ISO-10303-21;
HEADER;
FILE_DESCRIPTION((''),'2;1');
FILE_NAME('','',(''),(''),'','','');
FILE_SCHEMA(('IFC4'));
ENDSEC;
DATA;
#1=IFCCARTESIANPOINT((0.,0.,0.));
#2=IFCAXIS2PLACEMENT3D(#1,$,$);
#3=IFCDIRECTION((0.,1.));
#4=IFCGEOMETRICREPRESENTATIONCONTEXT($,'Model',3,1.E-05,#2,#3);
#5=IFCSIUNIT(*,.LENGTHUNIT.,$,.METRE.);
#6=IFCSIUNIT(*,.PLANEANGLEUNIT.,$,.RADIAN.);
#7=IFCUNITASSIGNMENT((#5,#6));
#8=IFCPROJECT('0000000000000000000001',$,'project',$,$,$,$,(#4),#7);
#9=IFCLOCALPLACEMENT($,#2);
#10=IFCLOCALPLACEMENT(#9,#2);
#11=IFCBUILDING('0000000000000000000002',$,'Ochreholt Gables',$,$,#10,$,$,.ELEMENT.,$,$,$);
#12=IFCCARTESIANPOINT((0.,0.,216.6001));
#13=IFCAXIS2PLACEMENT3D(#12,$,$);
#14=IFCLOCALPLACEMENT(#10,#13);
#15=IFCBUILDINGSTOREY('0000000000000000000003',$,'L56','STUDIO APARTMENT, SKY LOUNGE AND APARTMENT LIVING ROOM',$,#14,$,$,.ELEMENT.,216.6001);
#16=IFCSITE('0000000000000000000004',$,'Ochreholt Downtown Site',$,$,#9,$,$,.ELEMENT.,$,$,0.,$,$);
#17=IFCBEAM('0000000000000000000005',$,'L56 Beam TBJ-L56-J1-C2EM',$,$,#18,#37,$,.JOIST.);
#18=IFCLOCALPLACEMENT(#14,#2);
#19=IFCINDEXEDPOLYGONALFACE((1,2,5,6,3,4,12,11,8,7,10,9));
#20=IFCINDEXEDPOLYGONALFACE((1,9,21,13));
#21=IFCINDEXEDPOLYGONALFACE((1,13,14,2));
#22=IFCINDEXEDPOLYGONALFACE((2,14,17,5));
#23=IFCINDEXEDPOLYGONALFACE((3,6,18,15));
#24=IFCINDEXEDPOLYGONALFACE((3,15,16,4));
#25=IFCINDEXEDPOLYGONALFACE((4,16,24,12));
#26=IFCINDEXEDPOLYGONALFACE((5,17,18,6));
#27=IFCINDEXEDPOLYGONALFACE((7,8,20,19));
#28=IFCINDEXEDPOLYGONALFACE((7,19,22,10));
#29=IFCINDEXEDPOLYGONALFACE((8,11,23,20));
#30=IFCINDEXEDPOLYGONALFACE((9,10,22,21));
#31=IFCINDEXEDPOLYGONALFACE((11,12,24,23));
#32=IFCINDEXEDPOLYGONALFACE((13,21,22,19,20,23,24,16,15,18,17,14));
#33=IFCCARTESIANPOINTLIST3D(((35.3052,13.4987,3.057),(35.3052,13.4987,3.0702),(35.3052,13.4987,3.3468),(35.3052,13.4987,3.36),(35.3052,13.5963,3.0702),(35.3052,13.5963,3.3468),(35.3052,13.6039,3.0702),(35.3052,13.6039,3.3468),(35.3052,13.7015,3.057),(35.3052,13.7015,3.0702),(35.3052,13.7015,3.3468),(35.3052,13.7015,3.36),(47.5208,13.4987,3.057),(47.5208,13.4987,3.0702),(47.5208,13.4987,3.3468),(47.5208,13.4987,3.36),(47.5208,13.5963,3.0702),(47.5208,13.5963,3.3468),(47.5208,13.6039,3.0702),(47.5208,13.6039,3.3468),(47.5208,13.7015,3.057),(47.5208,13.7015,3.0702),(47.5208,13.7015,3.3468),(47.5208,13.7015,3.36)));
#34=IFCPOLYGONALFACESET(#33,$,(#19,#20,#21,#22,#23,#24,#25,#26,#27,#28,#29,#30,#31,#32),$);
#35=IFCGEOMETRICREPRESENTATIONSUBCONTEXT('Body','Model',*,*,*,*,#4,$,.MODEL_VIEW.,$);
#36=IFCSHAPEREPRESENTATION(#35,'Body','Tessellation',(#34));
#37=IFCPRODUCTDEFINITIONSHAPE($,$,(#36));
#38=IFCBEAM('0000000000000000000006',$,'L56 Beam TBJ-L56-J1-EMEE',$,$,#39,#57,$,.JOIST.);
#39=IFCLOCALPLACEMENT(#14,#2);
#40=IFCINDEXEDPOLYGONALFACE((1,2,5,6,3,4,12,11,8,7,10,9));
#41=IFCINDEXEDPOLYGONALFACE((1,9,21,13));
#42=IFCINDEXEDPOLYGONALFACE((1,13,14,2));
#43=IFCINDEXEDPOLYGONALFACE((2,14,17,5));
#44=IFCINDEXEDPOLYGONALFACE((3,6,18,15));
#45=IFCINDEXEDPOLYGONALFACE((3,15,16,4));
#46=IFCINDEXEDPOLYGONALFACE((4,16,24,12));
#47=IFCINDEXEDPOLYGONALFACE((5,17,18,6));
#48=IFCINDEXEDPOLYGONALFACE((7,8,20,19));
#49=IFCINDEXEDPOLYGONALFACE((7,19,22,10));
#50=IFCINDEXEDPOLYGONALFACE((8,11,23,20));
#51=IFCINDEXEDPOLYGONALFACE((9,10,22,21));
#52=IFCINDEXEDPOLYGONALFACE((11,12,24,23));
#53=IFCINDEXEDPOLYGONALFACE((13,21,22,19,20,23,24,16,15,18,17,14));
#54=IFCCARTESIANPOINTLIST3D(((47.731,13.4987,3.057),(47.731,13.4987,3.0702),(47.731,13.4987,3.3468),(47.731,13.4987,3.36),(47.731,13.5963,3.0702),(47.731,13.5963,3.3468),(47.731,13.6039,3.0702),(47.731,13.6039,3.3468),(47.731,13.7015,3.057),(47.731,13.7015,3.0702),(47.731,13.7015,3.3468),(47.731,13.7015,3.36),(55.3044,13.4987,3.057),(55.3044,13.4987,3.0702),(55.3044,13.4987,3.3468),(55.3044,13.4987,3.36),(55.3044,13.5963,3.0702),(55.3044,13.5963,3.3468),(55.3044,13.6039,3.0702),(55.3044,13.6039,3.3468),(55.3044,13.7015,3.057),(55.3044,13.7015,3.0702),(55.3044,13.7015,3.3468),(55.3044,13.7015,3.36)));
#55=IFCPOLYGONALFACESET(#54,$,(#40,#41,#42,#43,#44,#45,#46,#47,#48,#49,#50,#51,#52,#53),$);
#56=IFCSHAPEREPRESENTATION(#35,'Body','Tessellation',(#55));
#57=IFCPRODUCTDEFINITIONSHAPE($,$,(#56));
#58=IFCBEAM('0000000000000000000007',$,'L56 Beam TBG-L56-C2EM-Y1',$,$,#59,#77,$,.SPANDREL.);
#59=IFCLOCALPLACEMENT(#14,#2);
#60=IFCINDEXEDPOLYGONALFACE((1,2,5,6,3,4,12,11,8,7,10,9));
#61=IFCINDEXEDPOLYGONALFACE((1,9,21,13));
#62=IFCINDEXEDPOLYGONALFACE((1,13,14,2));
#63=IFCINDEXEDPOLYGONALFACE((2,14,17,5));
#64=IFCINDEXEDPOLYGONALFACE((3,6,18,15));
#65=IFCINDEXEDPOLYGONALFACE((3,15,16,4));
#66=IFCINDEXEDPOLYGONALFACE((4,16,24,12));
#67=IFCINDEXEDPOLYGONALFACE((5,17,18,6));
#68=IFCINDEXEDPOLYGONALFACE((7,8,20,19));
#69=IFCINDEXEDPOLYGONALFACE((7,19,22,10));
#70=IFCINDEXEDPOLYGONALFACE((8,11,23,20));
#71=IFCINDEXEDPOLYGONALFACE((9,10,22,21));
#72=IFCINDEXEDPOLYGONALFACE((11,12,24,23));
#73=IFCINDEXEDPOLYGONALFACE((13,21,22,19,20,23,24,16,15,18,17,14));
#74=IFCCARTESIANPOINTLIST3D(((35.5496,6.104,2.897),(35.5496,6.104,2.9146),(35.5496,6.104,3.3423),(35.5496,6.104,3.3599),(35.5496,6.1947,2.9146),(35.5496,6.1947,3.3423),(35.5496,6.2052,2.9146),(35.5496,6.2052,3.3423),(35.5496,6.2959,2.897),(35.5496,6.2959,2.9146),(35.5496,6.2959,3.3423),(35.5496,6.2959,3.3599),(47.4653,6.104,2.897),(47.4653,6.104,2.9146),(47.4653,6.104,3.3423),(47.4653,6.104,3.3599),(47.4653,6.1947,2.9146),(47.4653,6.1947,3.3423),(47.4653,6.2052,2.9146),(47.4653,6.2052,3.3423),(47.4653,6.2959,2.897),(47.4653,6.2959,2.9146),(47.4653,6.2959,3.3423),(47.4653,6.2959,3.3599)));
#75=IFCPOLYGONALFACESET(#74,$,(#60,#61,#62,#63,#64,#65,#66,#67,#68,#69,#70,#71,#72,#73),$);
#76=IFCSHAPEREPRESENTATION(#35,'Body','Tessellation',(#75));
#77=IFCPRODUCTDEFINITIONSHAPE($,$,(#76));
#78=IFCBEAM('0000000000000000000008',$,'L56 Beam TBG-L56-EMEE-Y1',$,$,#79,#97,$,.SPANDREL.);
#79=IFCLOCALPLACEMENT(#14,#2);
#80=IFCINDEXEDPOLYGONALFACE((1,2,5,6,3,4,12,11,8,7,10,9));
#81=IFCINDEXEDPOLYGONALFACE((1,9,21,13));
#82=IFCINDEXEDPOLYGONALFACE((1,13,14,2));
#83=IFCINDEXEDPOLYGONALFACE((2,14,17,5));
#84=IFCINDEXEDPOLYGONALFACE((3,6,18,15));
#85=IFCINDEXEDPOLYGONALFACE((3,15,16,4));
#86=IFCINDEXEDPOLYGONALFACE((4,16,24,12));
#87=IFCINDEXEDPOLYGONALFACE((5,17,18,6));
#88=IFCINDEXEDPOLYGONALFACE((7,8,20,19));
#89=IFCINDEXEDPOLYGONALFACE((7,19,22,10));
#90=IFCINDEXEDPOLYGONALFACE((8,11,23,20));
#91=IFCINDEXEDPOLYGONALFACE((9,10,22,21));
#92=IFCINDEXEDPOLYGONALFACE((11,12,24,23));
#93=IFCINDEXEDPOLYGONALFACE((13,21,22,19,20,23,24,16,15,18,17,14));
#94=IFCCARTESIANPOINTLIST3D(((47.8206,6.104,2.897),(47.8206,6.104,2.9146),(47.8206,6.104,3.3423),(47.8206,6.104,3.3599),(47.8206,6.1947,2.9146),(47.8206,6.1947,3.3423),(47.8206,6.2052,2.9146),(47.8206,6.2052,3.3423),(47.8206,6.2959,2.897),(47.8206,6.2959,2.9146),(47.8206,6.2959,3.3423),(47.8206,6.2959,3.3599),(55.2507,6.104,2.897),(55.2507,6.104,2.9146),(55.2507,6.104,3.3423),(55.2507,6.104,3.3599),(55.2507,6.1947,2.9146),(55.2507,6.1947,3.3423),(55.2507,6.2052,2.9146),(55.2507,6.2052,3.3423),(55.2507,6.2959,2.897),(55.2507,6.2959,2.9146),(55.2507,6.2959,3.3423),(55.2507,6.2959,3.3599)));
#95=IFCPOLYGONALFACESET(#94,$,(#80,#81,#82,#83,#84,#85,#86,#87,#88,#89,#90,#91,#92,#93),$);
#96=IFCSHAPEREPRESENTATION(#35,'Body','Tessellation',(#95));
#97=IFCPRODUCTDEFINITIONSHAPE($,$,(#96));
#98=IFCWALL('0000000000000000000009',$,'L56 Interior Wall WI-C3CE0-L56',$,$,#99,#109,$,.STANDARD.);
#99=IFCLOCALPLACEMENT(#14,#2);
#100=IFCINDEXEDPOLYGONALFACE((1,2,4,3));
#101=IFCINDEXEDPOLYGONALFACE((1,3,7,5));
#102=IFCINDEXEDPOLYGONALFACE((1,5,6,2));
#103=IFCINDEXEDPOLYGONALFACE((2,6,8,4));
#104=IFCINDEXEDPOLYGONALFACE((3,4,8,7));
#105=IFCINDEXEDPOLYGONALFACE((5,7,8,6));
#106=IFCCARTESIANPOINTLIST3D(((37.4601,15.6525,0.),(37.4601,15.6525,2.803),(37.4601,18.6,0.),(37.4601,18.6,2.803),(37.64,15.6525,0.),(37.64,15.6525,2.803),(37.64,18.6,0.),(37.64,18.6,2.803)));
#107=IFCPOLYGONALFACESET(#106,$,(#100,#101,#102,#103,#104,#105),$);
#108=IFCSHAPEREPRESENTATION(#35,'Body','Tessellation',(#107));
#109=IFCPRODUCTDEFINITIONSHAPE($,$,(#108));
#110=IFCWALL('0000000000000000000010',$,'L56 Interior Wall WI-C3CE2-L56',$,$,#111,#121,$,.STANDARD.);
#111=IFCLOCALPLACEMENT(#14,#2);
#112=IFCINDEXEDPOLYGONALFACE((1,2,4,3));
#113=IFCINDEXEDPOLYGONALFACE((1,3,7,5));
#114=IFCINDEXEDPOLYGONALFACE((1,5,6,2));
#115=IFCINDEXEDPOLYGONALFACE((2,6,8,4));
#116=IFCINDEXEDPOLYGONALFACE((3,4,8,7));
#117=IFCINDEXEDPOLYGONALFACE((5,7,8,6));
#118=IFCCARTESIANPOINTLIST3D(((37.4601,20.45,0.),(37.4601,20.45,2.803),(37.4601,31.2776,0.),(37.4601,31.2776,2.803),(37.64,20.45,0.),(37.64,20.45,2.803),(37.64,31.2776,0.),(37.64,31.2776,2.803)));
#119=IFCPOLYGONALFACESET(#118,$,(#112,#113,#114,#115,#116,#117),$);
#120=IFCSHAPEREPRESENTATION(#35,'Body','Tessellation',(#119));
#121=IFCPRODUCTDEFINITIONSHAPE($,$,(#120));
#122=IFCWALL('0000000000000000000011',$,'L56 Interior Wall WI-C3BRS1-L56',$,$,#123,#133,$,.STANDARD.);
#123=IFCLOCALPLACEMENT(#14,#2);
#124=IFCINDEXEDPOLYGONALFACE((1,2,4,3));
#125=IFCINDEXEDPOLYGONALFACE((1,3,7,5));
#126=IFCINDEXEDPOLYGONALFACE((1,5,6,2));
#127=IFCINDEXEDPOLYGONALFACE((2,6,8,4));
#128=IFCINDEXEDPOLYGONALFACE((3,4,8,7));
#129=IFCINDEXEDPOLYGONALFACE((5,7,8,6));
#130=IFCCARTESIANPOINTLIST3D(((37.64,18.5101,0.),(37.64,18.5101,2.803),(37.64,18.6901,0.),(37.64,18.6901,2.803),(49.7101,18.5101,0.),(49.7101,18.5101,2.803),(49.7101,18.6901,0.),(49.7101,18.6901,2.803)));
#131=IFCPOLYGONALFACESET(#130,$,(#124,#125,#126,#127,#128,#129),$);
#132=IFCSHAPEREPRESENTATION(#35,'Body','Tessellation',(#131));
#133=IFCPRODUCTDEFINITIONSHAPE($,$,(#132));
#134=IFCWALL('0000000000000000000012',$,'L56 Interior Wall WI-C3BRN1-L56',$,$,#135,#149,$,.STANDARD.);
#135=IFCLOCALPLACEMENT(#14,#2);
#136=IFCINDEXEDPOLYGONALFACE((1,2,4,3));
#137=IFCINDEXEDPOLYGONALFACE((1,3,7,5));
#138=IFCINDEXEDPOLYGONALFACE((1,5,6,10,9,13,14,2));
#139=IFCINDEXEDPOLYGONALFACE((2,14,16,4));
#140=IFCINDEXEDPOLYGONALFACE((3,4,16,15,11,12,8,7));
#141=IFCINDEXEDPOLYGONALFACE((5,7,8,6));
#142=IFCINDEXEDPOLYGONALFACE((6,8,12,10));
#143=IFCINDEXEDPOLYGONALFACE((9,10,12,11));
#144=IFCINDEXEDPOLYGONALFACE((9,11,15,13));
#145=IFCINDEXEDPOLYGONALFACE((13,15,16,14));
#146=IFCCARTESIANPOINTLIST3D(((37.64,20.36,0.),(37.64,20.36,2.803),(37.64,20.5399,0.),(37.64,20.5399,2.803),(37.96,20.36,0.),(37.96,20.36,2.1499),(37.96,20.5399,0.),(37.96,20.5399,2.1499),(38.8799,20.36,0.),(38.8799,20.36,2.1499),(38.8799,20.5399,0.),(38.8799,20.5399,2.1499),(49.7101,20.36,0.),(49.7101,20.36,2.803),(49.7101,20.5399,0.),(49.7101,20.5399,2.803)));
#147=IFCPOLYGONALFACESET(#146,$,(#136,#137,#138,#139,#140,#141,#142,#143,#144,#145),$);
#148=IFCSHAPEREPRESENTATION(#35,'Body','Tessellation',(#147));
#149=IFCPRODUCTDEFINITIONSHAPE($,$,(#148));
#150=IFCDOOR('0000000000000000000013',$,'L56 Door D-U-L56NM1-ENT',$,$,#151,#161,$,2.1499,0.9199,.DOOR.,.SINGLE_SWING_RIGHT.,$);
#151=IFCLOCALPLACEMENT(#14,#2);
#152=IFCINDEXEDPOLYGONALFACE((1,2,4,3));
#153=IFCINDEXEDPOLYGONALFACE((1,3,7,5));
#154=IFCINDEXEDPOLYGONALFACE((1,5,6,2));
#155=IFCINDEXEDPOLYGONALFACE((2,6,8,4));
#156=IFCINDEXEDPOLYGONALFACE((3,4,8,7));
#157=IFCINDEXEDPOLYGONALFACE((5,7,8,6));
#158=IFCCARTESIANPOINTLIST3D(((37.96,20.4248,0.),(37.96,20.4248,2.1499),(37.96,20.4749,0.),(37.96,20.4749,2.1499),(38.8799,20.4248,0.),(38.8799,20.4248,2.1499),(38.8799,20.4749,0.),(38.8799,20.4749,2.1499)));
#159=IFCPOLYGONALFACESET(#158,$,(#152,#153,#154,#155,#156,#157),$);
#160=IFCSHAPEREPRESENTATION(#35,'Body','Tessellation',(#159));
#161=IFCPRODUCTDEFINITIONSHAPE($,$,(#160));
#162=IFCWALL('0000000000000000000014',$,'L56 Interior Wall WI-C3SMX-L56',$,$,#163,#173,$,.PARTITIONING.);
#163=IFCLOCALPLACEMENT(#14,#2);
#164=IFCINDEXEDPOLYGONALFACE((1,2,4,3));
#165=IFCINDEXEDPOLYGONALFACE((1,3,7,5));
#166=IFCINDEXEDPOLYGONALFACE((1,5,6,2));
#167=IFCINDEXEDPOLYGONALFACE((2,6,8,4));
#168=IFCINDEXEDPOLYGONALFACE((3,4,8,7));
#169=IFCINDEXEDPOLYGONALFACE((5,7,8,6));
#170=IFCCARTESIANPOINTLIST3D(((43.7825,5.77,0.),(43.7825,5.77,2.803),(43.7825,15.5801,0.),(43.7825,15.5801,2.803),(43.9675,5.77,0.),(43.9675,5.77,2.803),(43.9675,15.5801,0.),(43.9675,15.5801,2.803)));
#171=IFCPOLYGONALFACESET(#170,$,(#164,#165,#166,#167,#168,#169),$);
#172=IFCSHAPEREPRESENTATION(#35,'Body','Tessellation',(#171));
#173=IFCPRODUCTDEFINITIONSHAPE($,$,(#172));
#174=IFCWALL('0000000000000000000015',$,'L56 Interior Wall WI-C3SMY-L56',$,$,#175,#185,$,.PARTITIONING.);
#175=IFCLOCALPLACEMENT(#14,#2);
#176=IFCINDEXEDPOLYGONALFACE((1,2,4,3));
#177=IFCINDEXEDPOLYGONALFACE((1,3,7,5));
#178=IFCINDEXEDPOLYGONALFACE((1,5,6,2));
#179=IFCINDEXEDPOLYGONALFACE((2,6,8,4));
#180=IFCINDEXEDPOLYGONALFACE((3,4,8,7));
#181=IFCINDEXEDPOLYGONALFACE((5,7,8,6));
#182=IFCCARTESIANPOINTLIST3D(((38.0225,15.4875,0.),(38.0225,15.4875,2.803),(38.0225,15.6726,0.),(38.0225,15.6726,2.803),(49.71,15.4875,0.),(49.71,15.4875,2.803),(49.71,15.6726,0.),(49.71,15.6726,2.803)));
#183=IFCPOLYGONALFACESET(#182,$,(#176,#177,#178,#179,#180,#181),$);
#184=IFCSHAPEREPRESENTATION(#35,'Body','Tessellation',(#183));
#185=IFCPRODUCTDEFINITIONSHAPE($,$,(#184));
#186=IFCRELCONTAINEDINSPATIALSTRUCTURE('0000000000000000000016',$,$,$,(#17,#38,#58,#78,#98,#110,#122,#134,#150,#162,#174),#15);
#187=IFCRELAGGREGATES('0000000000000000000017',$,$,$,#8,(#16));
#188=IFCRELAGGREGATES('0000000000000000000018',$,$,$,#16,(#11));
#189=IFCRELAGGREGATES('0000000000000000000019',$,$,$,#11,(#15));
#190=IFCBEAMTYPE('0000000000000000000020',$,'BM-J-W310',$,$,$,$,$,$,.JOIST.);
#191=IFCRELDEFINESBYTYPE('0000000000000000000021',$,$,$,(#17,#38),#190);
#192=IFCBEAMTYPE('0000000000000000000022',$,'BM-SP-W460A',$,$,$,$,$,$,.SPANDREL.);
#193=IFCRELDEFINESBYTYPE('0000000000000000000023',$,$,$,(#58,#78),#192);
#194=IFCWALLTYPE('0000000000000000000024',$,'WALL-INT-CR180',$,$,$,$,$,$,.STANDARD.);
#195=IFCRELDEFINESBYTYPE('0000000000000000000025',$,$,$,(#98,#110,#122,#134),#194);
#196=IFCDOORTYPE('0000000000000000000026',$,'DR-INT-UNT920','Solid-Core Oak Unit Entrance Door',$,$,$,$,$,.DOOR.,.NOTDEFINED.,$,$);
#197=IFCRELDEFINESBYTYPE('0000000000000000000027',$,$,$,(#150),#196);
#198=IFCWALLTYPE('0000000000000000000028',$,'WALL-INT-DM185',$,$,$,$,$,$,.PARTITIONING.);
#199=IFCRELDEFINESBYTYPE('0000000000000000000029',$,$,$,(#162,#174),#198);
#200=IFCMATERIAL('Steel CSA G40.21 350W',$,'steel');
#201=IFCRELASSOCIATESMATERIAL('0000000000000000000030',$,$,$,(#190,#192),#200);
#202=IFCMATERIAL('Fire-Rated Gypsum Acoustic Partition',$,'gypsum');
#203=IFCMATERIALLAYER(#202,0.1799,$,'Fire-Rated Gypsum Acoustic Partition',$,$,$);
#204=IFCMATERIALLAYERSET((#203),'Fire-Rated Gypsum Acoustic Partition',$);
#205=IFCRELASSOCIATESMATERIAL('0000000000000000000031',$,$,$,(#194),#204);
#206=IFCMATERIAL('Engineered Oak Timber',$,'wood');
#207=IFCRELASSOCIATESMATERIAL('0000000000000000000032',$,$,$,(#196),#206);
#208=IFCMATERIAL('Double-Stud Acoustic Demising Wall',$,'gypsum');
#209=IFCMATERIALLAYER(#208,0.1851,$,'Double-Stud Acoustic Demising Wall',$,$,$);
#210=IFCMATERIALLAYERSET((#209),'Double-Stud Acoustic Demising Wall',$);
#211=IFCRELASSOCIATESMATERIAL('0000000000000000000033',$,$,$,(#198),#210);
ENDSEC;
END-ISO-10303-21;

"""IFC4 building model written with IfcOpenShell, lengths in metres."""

from ifc_helpers import new_model, si_unit, direction, frame, frame_2d, origin, origin_2d, place, context, subcontext, project, spatial, rectangle, i_section, extrude, material, layer, layer_set, material_profile, profile_set, type_object, element, fill, save


model = new_model("IFC4")

# Units and contexts
model_context = context("Model", 3, precision=1e-05, world=origin(), true_north=direction((0.0, 1.0)))
body_context = subcontext(model_context, "Body", "Model", "MODEL_VIEW")
ifc_project = project(units=[si_unit("LENGTHUNIT", "METRE"), si_unit("PLANEANGLEUNIT", "RADIAN")], contexts=[model_context])

# Site, building, storey
site_placement = place(None, origin())
site = spatial("IfcSite", under=ifc_project, at=site_placement, Name="Ochreholt Downtown Site", CompositionType="ELEMENT", RefElevation=0.0)
building_placement = place(site_placement, origin())
building = spatial("IfcBuilding", under=site, at=building_placement, Name="Ochreholt Gables", CompositionType="ELEMENT")
storey_placement = place(building_placement, frame((0.0, 0.0, 216.6001)))
storey = spatial("IfcBuildingStorey", under=building, at=storey_placement, Name="L56", Description="STUDIO APARTMENT, SKY LOUNGE AND APARTMENT LIVING ROOM", CompositionType="ELEMENT", Elevation=216.6001)

# Shared definitions
ifc_material_1 = material(Name="Steel CSA G40.21 350W", Category="steel")

# Beams
ifc_material_profile_1 = material_profile(ifc_material_1, i_section(OverallWidth=0.2029, OverallDepth=0.303, WebThickness=0.0076, FlangeThickness=0.0132, at=origin_2d()), Name="W310X60")
ifc_profile_set_1 = profile_set([ifc_material_profile_1], Name="Steel CSA G40.21 350W")
beam_type_1 = type_object("IfcBeamType", Name="BM-J-W310", PredefinedType="JOIST", material=ifc_profile_set_1)
beam_1_placement = place(storey_placement, frame((35.3052, 13.6001, 3.2085), z_axis=(1.0, 0.0, 0.0), x_axis=(0.0, 1.0, 0.0)))
element("IfcBeam", 1, at=beam_1_placement, inside=storey, type_object=beam_type_1, Name="L56 Beam TBJ-L56-J1-C2EM", PredefinedType="JOIST", context=body_context, shape_type="SweptSolid", body=[
    extrude(i_section(OverallWidth=0.2029, OverallDepth=0.303, WebThickness=0.0076, FlangeThickness=0.0132, at=origin_2d()), origin(), (0.0, 0.0, 1.0), 12.2156),
])
beam_2_placement = place(storey_placement, frame((47.731, 13.6001, 3.2085), z_axis=(1.0, 0.0, 0.0), x_axis=(0.0, 1.0, 0.0)))
element("IfcBeam", 2, at=beam_2_placement, inside=storey, type_object=beam_type_1, Name="L56 Beam TBJ-L56-J1-EMEE", PredefinedType="JOIST", context=body_context, shape_type="SweptSolid", body=[
    extrude(i_section(OverallWidth=0.2029, OverallDepth=0.303, WebThickness=0.0076, FlangeThickness=0.0132, at=origin_2d()), origin(), (0.0, 0.0, 1.0), 7.5735),
])
ifc_material_profile_2 = material_profile(ifc_material_1, i_section(OverallWidth=0.1919, OverallDepth=0.4629, WebThickness=0.0105, FlangeThickness=0.0176, at=origin_2d()), Name="W460X89")
ifc_profile_set_2 = profile_set([ifc_material_profile_2], Name="Steel CSA G40.21 350W")
beam_type_2 = type_object("IfcBeamType", Name="BM-SP-W460A", PredefinedType="SPANDREL", material=ifc_profile_set_2)
beam_3_placement = place(storey_placement, frame((35.5496, 6.2, 3.1284), z_axis=(1.0, 0.0, 0.0), x_axis=(0.0, 1.0, 0.0)))
element("IfcBeam", 3, at=beam_3_placement, inside=storey, type_object=beam_type_2, Name="L56 Beam TBG-L56-C2EM-Y1", PredefinedType="SPANDREL", context=body_context, shape_type="SweptSolid", body=[
    extrude(i_section(OverallWidth=0.1919, OverallDepth=0.4629, WebThickness=0.0105, FlangeThickness=0.0176, at=origin_2d()), origin(), (0.0, 0.0, 1.0), 11.9158),
])
beam_4_placement = place(storey_placement, frame((47.8206, 6.2, 3.1284), z_axis=(1.0, 0.0, 0.0), x_axis=(0.0, 1.0, 0.0)))
element("IfcBeam", 4, at=beam_4_placement, inside=storey, type_object=beam_type_2, Name="L56 Beam TBG-L56-EMEE-Y1", PredefinedType="SPANDREL", context=body_context, shape_type="SweptSolid", body=[
    extrude(i_section(OverallWidth=0.1919, OverallDepth=0.4629, WebThickness=0.0105, FlangeThickness=0.0176, at=origin_2d()), origin(), (0.0, 0.0, 1.0), 7.4302),
])

# Walls
ifc_material_2 = material(Name="Fire-Rated Gypsum Acoustic Partition", Category="gypsum")
ifc_layer_1 = layer(ifc_material_2, 0.1799, Name="Fire-Rated Gypsum Acoustic Partition")
ifc_layer_set_1 = layer_set([ifc_layer_1], Name="Fire-Rated Gypsum Acoustic Partition")
wall_type_1 = type_object("IfcWallType", Name="WALL-INT-CR180", PredefinedType="STANDARD", material=ifc_layer_set_1)
wall_1_placement = place(storey_placement, frame((37.55, 15.6526, 0.0), z_axis=(0.0, 0.0, 1.0), x_axis=(0.0, 1.0, 0.0)))
element("IfcWall", 5, at=wall_1_placement, inside=storey, type_object=wall_type_1, Name="L56 Interior Wall WI-C3CE0-L56", PredefinedType="STANDARD", context=body_context, shape_type="SweptSolid", body=[
    extrude(rectangle(XDim=2.9475, YDim=0.1799, at=frame_2d((1.4736, 0.0))), origin(), (0.0, 0.0, 1.0), 2.803),
])
wall_2_placement = place(storey_placement, frame((37.55, 20.45, 0.0), z_axis=(0.0, 0.0, 1.0), x_axis=(0.0, 1.0, 0.0)))
element("IfcWall", 6, at=wall_2_placement, inside=storey, type_object=wall_type_1, Name="L56 Interior Wall WI-C3CE2-L56", PredefinedType="STANDARD", context=body_context, shape_type="SweptSolid", body=[
    extrude(rectangle(XDim=10.8276, YDim=0.1799, at=frame_2d((5.4138, 0.0))), origin(), (0.0, 0.0, 1.0), 2.803),
])
wall_3_placement = place(storey_placement, frame((37.6399, 18.6001, 0.0), z_axis=(0.0, 0.0, 1.0), x_axis=(1.0, 0.0, 0.0)))
element("IfcWall", 7, at=wall_3_placement, inside=storey, type_object=wall_type_1, Name="L56 Interior Wall WI-C3BRS1-L56", PredefinedType="STANDARD", context=body_context, shape_type="SweptSolid", body=[
    extrude(rectangle(XDim=12.0701, YDim=0.1799, at=frame_2d((6.0352, 0.0))), origin(), (0.0, 0.0, 1.0), 2.803),
])

# Wall, opening, door
wall_4_placement = place(storey_placement, frame((37.6399, 20.45, 0.0), z_axis=(0.0, 0.0, 1.0), x_axis=(1.0, 0.0, 0.0)))
wall_4 = element("IfcWall", 8, at=wall_4_placement, inside=storey, type_object=wall_type_1, Name="L56 Interior Wall WI-C3BRN1-L56", PredefinedType="STANDARD", context=body_context, shape_type="SweptSolid", body=[
    extrude(rectangle(XDim=12.0701, YDim=0.1799, at=frame_2d((6.0352, 0.0))), origin(), (0.0, 0.0, 1.0), 2.803),
])
opening_1_placement = place(wall_4_placement, frame((0.3201, 0.0, 0.0)))
opening_1 = element("IfcOpeningElement", 9, at=opening_1_placement, cuts=wall_4, PredefinedType="OPENING", context=body_context, shape_type="SweptSolid", body=[
    extrude(rectangle(XDim=0.9199, YDim=2.1499, at=frame_2d((0.46, 1.075))), frame((0.0, 0.0999, 0.0), z_axis=(0.0, -1.0, 0.0), x_axis=(1.0, 0.0, 0.0)), (0.0, 0.0, 1.0), 0.2),
])
ifc_material_3 = material(Name="Engineered Oak Timber", Category="wood")
door_type_1 = type_object("IfcDoorType", Name="DR-INT-UNT920", Description="Solid-Core Oak Unit Entrance Door", OperationType="NOTDEFINED", PredefinedType="DOOR", material=ifc_material_3)
door_1_placement = place(opening_1_placement, origin())
door_1 = element("IfcDoor", 10, at=door_1_placement, inside=storey, type_object=door_type_1, Name="L56 Door D-U-L56NM1-ENT", OperationType="SINGLE_SWING_RIGHT", OverallHeight=2.1499, OverallWidth=0.9199, PredefinedType="DOOR", context=body_context, shape_type="SweptSolid", body=[
    extrude(rectangle(XDim=0.9199, YDim=2.1499, at=frame_2d((0.46, 1.075))), frame((0.0, 0.0249, 0.0), z_axis=(0.0, -1.0, 0.0), x_axis=(1.0, 0.0, 0.0)), (0.0, 0.0, 1.0), 0.05),
])
fill(opening_1, door_1)

# Walls
ifc_material_4 = material(Name="Double-Stud Acoustic Demising Wall", Category="gypsum")
ifc_layer_2 = layer(ifc_material_4, 0.1851, Name="Double-Stud Acoustic Demising Wall")
ifc_layer_set_2 = layer_set([ifc_layer_2], Name="Double-Stud Acoustic Demising Wall")
wall_type_2 = type_object("IfcWallType", Name="WALL-INT-DM185", PredefinedType="PARTITIONING", material=ifc_layer_set_2)
wall_5_placement = place(storey_placement, frame((43.875, 5.77, 0.0), z_axis=(0.0, 0.0, 1.0), x_axis=(0.0, 1.0, 0.0)))
element("IfcWall", 11, at=wall_5_placement, inside=storey, type_object=wall_type_2, Name="L56 Interior Wall WI-C3SMX-L56", PredefinedType="PARTITIONING", context=body_context, shape_type="SweptSolid", body=[
    extrude(rectangle(XDim=9.8101, YDim=0.1851, at=frame_2d((4.905, 0.0))), origin(), (0.0, 0.0, 1.0), 2.803),
])
wall_6_placement = place(storey_placement, frame((38.0225, 15.5801, 0.0), z_axis=(0.0, 0.0, 1.0), x_axis=(1.0, 0.0, 0.0)))
element("IfcWall", 12, at=wall_6_placement, inside=storey, type_object=wall_type_2, Name="L56 Interior Wall WI-C3SMY-L56", PredefinedType="PARTITIONING", context=body_context, shape_type="SweptSolid", body=[
    extrude(rectangle(XDim=11.6875, YDim=0.1851, at=frame_2d((5.8438, 0.0))), origin(), (0.0, 0.0, 1.0), 2.803),
])

save(model, "model.ifc")
